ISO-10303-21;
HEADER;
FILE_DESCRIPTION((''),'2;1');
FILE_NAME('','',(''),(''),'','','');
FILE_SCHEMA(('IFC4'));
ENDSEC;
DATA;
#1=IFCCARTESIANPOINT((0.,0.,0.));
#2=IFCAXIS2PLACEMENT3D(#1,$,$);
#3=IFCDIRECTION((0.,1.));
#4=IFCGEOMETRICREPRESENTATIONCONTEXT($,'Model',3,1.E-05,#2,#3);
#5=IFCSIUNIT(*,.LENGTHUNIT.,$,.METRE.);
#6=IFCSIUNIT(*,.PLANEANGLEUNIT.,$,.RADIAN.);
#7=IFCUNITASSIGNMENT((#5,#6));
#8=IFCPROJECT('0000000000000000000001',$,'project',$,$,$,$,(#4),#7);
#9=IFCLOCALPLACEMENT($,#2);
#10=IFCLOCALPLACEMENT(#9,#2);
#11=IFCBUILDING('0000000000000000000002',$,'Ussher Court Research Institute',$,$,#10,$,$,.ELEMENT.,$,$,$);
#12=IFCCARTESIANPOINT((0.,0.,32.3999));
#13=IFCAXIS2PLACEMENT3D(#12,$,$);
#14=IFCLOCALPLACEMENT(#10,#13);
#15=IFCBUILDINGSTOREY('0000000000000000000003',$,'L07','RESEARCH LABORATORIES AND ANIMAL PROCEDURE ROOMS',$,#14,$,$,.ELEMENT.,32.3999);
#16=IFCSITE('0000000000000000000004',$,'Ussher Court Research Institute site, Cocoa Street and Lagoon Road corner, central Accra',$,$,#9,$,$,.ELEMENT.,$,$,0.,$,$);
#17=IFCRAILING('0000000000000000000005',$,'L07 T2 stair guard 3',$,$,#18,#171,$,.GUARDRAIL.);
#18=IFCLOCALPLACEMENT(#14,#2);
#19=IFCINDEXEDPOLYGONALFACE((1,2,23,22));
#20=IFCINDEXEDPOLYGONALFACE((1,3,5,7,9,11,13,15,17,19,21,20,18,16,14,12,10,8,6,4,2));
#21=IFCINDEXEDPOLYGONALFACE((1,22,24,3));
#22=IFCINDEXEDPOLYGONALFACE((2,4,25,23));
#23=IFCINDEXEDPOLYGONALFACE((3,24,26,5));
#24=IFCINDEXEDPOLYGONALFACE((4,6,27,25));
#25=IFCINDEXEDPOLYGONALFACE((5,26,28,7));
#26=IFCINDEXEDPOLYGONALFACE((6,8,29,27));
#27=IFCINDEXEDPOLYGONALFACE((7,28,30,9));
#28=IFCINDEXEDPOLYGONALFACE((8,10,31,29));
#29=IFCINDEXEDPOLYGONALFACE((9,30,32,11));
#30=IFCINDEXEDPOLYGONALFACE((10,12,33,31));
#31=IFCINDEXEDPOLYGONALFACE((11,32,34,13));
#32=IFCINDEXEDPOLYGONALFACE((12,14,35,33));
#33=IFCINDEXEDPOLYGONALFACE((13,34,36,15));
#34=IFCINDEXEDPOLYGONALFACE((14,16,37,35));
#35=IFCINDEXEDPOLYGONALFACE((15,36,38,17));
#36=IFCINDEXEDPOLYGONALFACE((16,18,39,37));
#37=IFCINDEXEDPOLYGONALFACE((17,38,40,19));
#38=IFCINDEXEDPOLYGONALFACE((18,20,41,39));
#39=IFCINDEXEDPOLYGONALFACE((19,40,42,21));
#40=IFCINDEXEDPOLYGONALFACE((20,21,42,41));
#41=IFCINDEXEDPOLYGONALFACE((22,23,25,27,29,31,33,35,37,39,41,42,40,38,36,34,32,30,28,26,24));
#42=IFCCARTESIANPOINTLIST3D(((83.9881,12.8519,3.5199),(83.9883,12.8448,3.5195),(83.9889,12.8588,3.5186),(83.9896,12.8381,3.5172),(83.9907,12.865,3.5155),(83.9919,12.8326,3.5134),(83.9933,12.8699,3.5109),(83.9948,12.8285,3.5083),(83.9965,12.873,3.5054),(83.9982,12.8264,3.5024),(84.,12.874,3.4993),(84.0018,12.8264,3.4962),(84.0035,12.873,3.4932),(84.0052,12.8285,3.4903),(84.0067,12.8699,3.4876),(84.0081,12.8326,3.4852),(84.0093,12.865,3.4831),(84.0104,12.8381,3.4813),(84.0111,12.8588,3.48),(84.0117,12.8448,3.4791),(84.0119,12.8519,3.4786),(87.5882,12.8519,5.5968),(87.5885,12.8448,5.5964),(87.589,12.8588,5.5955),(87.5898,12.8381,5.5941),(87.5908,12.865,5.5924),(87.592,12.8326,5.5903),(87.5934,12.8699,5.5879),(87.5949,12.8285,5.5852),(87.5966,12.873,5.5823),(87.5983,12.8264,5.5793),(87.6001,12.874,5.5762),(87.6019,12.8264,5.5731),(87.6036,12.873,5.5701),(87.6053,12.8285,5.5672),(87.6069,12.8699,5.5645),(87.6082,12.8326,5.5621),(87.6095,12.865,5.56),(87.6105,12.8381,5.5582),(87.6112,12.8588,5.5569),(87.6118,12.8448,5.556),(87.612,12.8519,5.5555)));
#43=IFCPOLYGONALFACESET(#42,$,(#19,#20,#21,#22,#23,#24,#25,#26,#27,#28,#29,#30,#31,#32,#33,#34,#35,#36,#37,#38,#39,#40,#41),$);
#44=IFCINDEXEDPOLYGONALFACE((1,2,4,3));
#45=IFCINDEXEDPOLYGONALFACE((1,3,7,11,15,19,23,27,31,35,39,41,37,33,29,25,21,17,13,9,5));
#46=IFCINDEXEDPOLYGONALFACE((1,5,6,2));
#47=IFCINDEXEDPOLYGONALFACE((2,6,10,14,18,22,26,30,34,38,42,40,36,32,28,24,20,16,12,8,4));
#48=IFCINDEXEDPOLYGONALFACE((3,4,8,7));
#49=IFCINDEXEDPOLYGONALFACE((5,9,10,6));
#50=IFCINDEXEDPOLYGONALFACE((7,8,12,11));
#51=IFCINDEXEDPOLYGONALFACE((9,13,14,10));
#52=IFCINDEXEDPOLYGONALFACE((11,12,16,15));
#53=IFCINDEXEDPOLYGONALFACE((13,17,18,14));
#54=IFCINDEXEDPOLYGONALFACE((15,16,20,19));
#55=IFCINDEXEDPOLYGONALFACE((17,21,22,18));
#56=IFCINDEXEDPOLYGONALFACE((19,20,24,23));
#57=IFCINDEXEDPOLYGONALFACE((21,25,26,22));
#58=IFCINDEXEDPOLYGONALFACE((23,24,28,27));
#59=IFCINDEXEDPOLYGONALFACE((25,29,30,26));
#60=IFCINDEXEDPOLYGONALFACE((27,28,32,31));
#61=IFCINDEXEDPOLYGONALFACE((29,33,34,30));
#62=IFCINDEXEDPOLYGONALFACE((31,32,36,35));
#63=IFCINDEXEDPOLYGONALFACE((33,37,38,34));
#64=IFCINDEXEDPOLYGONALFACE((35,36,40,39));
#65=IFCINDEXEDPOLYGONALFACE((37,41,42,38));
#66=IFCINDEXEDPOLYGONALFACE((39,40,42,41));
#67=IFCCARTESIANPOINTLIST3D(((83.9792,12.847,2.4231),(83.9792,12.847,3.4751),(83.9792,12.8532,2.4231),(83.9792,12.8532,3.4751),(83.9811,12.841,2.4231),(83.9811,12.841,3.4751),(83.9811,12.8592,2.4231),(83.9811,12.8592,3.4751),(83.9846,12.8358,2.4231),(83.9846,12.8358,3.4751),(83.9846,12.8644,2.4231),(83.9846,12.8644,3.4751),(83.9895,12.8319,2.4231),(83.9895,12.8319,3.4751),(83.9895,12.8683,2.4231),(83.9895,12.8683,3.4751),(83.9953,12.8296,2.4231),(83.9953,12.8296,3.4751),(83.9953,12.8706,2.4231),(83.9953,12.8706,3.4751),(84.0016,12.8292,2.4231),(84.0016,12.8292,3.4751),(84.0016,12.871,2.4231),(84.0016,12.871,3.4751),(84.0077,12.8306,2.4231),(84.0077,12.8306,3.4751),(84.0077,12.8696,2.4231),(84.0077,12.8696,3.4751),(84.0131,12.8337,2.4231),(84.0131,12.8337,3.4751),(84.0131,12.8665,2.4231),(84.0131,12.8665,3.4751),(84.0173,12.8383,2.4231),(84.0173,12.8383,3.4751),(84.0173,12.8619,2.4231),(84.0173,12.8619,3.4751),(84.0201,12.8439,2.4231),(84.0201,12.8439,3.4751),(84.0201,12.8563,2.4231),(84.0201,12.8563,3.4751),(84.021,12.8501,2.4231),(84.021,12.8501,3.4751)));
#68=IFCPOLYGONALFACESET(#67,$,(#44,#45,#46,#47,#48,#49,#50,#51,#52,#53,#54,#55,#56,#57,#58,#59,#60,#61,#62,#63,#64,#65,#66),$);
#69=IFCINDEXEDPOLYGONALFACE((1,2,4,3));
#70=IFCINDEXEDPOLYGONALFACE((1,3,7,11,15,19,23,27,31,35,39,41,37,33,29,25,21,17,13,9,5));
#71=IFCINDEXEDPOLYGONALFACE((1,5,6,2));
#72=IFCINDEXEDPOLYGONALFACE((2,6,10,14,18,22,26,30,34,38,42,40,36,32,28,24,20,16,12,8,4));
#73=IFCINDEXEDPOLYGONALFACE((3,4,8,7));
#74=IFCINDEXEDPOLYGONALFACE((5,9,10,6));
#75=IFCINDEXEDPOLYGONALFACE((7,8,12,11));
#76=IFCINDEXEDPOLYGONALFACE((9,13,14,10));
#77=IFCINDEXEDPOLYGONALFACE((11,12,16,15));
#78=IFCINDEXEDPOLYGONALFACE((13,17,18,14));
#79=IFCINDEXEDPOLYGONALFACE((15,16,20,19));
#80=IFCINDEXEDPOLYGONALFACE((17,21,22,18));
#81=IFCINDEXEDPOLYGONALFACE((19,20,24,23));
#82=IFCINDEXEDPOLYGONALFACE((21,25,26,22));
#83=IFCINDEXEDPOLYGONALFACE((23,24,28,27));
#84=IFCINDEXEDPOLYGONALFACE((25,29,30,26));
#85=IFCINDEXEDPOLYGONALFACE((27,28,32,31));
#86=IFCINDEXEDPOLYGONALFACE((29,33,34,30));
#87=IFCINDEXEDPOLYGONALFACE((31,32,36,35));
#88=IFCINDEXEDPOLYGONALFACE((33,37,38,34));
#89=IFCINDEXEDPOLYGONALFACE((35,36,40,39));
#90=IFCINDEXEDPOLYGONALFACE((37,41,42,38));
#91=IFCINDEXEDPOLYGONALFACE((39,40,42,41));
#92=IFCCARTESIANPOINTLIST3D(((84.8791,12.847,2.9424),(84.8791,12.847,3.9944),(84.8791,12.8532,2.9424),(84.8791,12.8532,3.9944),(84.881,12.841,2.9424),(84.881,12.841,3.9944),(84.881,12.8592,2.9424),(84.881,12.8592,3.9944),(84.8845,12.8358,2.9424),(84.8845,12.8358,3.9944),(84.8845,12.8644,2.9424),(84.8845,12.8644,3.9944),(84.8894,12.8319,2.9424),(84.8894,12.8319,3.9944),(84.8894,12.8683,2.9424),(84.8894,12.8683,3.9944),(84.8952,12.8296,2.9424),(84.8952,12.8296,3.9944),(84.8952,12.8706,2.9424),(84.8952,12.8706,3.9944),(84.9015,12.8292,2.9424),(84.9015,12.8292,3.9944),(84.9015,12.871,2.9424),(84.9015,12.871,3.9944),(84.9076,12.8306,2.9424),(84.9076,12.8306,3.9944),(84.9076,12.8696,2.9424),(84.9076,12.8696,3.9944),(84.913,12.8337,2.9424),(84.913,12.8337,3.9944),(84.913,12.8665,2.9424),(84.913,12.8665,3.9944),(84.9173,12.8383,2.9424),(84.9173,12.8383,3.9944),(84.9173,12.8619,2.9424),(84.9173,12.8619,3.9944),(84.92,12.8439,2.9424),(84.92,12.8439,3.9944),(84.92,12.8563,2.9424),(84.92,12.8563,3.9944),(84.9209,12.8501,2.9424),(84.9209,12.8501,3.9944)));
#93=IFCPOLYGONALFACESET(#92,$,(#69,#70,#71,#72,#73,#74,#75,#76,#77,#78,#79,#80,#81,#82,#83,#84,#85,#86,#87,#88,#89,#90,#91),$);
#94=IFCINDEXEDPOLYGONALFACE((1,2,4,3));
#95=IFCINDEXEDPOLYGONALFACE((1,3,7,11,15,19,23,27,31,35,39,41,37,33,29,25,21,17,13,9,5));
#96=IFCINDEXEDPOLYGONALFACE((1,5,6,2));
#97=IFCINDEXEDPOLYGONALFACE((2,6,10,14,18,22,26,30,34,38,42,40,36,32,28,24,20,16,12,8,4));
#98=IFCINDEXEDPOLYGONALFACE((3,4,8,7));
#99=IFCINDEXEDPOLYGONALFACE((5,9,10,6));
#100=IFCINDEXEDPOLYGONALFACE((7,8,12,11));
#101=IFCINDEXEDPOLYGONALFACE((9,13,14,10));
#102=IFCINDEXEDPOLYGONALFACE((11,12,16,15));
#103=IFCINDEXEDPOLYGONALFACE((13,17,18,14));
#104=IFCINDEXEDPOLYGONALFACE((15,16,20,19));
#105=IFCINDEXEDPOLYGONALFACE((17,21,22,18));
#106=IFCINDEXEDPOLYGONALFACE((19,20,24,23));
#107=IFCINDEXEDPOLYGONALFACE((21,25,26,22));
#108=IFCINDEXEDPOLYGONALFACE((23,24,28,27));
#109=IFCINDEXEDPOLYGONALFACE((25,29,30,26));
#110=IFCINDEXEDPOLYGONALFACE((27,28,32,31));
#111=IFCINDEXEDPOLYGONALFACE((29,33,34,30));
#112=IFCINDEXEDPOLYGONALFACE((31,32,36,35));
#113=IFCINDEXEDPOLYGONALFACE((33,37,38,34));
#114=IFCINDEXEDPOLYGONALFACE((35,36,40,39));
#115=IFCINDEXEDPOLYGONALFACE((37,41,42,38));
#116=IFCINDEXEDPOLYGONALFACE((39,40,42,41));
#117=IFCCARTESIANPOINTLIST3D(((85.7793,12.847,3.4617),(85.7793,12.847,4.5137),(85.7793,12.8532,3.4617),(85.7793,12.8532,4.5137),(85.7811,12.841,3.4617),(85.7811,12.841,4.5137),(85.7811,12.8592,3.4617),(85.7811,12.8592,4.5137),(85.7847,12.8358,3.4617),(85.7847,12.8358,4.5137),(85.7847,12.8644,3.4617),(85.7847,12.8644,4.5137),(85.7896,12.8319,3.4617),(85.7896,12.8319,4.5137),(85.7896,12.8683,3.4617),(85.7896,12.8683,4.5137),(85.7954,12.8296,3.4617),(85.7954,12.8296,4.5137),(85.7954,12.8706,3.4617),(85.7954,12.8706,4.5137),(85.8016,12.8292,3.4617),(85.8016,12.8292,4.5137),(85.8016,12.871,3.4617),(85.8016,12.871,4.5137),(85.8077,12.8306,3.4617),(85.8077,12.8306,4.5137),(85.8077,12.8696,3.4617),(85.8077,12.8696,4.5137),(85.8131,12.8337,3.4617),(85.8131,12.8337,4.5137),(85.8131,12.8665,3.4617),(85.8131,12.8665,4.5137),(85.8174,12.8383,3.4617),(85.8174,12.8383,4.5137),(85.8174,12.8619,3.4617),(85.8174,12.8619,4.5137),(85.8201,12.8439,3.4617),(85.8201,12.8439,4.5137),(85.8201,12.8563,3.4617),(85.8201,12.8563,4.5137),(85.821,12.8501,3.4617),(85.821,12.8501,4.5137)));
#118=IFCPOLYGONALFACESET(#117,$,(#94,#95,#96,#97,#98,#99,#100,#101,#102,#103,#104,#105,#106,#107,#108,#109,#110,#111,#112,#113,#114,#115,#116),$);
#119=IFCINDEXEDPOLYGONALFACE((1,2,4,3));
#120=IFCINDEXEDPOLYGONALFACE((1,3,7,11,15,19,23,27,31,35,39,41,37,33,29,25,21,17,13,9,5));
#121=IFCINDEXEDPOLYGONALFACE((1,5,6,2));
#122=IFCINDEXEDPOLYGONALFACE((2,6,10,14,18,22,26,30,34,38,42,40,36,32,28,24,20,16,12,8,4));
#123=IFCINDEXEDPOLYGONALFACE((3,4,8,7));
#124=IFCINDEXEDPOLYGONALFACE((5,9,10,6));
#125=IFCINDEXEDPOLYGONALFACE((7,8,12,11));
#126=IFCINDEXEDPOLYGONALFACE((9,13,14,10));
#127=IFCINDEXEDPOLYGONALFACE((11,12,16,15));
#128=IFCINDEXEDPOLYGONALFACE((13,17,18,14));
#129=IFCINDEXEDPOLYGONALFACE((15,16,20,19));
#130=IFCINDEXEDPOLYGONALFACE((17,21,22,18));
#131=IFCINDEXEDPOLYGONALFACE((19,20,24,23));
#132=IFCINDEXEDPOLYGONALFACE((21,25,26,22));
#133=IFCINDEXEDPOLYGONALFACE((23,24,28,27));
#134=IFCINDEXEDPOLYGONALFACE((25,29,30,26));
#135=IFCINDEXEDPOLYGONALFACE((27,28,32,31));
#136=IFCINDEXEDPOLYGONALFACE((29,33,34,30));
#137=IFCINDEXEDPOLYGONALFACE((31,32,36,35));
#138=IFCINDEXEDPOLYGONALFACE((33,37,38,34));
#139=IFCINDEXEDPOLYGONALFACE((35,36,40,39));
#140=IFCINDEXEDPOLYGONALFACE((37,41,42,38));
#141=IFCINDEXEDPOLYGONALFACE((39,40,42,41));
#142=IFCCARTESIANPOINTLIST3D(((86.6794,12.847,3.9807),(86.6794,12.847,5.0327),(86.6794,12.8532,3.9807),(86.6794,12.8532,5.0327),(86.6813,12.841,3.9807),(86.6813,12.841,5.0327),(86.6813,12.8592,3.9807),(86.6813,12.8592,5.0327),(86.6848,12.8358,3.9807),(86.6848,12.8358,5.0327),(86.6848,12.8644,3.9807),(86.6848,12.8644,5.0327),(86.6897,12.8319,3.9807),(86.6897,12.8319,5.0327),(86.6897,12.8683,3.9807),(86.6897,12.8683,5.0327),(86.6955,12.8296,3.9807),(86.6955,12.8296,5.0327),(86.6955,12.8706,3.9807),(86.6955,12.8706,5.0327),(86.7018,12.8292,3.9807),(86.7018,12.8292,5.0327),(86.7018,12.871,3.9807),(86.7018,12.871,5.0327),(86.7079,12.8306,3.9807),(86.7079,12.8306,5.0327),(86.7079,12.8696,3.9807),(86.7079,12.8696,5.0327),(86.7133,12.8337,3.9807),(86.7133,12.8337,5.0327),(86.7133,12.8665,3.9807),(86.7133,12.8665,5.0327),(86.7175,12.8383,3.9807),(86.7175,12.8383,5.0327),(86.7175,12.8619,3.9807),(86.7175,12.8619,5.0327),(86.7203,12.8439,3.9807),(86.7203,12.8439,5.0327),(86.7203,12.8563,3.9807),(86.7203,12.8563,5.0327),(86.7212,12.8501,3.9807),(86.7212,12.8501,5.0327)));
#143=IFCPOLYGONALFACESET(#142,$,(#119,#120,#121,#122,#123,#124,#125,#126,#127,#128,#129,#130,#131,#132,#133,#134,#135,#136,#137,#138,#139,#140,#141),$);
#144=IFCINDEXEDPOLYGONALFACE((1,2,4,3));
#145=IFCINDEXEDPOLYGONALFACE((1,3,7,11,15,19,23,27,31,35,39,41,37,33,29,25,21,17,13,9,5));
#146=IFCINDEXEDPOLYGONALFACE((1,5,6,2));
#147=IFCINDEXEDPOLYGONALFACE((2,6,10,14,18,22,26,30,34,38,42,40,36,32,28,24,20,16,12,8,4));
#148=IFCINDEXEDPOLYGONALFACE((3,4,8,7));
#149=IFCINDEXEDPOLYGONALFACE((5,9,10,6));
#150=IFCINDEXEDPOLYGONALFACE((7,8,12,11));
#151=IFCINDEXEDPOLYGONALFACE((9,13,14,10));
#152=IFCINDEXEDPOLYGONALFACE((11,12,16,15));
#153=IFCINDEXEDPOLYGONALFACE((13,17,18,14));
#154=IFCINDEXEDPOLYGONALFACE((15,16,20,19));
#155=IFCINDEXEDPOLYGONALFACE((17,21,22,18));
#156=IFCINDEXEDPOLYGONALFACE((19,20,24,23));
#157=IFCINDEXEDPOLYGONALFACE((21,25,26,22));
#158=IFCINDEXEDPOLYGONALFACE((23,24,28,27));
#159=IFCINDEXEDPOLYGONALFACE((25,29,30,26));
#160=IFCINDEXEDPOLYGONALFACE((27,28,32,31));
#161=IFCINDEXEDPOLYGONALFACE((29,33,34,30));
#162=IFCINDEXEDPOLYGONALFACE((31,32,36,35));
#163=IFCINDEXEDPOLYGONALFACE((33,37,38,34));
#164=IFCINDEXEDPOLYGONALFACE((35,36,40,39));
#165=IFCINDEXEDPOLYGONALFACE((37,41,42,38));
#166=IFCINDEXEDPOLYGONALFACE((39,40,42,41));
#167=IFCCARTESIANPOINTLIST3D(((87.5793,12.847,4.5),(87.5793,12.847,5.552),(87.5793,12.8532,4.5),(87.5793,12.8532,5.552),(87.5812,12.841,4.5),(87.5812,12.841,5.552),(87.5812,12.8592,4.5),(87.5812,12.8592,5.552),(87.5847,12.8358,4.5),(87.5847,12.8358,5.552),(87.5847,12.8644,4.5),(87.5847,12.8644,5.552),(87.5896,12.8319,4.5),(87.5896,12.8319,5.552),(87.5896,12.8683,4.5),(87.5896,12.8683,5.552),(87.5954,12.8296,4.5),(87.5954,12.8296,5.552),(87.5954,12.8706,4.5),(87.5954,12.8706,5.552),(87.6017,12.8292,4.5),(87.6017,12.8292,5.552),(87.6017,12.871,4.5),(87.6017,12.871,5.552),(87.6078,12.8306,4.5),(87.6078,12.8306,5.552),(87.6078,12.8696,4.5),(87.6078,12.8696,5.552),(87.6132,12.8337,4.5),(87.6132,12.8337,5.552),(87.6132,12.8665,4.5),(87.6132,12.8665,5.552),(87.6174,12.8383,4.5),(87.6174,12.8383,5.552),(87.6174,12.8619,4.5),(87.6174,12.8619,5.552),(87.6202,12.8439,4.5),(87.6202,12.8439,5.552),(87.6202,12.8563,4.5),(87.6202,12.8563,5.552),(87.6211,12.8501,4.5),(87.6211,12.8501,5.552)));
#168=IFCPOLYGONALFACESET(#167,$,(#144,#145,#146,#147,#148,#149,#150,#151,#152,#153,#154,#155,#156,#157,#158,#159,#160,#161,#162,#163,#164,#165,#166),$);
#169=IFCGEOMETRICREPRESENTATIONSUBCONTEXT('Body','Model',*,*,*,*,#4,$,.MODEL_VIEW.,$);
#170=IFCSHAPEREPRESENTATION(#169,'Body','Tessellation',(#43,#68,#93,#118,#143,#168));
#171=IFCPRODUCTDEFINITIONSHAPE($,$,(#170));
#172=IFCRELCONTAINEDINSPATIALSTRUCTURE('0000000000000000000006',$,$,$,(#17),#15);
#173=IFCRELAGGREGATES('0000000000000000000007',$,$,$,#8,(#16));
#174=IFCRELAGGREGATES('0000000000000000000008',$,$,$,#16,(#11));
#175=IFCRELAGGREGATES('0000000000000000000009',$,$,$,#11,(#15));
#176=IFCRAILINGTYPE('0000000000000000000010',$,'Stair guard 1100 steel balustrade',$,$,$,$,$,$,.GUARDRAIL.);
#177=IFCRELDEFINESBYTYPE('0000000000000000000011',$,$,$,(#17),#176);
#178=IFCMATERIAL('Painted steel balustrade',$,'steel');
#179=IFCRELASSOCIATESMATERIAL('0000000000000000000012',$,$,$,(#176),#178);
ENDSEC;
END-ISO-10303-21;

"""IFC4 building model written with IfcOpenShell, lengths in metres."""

from ifc_helpers import new_model, si_unit, direction, frame, origin, origin_2d, place, context, subcontext, project, spatial, circle, extrude, material, type_object, element, save


model = new_model("IFC4")

# Units and contexts
model_context = context("Model", 3, precision=1e-05, world=origin(), true_north=direction((0.0, 1.0)))
body_context = subcontext(model_context, "Body", "Model", "MODEL_VIEW")
ifc_project = project(units=[si_unit("LENGTHUNIT", "METRE"), si_unit("PLANEANGLEUNIT", "RADIAN")], contexts=[model_context])

# Site, building, storey
site_placement = place(None, origin())
site = spatial("IfcSite", under=ifc_project, at=site_placement, Name="Ussher Court Research Institute site, Cocoa Street and Lagoon Road corner, central Accra", CompositionType="ELEMENT", RefElevation=0.0)
building_placement = place(site_placement, origin())
building = spatial("IfcBuilding", under=site, at=building_placement, Name="Ussher Court Research Institute", CompositionType="ELEMENT")
storey_placement = place(building_placement, frame((0.0, 0.0, 32.3999)))
storey = spatial("IfcBuildingStorey", under=building, at=storey_placement, Name="L07", Description="RESEARCH LABORATORIES AND ANIMAL PROCEDURE ROOMS", CompositionType="ELEMENT", Elevation=32.3999)

# Railing
ifc_material_1 = material(Name="Painted steel balustrade", Category="steel")
railing_type_1 = type_object("IfcRailingType", Name="Stair guard 1100 steel balustrade", PredefinedType="GUARDRAIL", material=ifc_material_1)
railing_1_placement = place(storey_placement, frame((84.0, 12.8501, 2.4231)))
element("IfcRailing", 1, at=railing_1_placement, inside=storey, type_object=railing_type_1, Name="L07 T2 stair guard 3", PredefinedType="GUARDRAIL", context=body_context, shape_type="SweptSolid", body=[
    extrude(circle(Radius=0.0239, at=origin_2d()), frame((0.0, 0.0, 1.0762), z_axis=(0.866193, 0.0, 0.499709), x_axis=(0.0, 1.0, 0.0)), (0.0, 0.0, 1.0), 4.1562),
    extrude(circle(Radius=0.021, at=origin_2d()), origin(), (0.0, 0.0, 1.0), 1.052),
    extrude(circle(Radius=0.021, at=origin_2d()), frame((0.8999, 0.0, 0.5193)), (0.0, 0.0, 1.0), 1.052),
    extrude(circle(Radius=0.021, at=origin_2d()), frame((1.8, 0.0, 1.0386)), (0.0, 0.0, 1.0), 1.052),
    extrude(circle(Radius=0.021, at=origin_2d()), frame((2.7002, 0.0, 1.5576)), (0.0, 0.0, 1.0), 1.052),
    extrude(circle(Radius=0.021, at=origin_2d()), frame((3.6001, 0.0, 2.0769)), (0.0, 0.0, 1.0), 1.052),
])

save(model, "model.ifc")
